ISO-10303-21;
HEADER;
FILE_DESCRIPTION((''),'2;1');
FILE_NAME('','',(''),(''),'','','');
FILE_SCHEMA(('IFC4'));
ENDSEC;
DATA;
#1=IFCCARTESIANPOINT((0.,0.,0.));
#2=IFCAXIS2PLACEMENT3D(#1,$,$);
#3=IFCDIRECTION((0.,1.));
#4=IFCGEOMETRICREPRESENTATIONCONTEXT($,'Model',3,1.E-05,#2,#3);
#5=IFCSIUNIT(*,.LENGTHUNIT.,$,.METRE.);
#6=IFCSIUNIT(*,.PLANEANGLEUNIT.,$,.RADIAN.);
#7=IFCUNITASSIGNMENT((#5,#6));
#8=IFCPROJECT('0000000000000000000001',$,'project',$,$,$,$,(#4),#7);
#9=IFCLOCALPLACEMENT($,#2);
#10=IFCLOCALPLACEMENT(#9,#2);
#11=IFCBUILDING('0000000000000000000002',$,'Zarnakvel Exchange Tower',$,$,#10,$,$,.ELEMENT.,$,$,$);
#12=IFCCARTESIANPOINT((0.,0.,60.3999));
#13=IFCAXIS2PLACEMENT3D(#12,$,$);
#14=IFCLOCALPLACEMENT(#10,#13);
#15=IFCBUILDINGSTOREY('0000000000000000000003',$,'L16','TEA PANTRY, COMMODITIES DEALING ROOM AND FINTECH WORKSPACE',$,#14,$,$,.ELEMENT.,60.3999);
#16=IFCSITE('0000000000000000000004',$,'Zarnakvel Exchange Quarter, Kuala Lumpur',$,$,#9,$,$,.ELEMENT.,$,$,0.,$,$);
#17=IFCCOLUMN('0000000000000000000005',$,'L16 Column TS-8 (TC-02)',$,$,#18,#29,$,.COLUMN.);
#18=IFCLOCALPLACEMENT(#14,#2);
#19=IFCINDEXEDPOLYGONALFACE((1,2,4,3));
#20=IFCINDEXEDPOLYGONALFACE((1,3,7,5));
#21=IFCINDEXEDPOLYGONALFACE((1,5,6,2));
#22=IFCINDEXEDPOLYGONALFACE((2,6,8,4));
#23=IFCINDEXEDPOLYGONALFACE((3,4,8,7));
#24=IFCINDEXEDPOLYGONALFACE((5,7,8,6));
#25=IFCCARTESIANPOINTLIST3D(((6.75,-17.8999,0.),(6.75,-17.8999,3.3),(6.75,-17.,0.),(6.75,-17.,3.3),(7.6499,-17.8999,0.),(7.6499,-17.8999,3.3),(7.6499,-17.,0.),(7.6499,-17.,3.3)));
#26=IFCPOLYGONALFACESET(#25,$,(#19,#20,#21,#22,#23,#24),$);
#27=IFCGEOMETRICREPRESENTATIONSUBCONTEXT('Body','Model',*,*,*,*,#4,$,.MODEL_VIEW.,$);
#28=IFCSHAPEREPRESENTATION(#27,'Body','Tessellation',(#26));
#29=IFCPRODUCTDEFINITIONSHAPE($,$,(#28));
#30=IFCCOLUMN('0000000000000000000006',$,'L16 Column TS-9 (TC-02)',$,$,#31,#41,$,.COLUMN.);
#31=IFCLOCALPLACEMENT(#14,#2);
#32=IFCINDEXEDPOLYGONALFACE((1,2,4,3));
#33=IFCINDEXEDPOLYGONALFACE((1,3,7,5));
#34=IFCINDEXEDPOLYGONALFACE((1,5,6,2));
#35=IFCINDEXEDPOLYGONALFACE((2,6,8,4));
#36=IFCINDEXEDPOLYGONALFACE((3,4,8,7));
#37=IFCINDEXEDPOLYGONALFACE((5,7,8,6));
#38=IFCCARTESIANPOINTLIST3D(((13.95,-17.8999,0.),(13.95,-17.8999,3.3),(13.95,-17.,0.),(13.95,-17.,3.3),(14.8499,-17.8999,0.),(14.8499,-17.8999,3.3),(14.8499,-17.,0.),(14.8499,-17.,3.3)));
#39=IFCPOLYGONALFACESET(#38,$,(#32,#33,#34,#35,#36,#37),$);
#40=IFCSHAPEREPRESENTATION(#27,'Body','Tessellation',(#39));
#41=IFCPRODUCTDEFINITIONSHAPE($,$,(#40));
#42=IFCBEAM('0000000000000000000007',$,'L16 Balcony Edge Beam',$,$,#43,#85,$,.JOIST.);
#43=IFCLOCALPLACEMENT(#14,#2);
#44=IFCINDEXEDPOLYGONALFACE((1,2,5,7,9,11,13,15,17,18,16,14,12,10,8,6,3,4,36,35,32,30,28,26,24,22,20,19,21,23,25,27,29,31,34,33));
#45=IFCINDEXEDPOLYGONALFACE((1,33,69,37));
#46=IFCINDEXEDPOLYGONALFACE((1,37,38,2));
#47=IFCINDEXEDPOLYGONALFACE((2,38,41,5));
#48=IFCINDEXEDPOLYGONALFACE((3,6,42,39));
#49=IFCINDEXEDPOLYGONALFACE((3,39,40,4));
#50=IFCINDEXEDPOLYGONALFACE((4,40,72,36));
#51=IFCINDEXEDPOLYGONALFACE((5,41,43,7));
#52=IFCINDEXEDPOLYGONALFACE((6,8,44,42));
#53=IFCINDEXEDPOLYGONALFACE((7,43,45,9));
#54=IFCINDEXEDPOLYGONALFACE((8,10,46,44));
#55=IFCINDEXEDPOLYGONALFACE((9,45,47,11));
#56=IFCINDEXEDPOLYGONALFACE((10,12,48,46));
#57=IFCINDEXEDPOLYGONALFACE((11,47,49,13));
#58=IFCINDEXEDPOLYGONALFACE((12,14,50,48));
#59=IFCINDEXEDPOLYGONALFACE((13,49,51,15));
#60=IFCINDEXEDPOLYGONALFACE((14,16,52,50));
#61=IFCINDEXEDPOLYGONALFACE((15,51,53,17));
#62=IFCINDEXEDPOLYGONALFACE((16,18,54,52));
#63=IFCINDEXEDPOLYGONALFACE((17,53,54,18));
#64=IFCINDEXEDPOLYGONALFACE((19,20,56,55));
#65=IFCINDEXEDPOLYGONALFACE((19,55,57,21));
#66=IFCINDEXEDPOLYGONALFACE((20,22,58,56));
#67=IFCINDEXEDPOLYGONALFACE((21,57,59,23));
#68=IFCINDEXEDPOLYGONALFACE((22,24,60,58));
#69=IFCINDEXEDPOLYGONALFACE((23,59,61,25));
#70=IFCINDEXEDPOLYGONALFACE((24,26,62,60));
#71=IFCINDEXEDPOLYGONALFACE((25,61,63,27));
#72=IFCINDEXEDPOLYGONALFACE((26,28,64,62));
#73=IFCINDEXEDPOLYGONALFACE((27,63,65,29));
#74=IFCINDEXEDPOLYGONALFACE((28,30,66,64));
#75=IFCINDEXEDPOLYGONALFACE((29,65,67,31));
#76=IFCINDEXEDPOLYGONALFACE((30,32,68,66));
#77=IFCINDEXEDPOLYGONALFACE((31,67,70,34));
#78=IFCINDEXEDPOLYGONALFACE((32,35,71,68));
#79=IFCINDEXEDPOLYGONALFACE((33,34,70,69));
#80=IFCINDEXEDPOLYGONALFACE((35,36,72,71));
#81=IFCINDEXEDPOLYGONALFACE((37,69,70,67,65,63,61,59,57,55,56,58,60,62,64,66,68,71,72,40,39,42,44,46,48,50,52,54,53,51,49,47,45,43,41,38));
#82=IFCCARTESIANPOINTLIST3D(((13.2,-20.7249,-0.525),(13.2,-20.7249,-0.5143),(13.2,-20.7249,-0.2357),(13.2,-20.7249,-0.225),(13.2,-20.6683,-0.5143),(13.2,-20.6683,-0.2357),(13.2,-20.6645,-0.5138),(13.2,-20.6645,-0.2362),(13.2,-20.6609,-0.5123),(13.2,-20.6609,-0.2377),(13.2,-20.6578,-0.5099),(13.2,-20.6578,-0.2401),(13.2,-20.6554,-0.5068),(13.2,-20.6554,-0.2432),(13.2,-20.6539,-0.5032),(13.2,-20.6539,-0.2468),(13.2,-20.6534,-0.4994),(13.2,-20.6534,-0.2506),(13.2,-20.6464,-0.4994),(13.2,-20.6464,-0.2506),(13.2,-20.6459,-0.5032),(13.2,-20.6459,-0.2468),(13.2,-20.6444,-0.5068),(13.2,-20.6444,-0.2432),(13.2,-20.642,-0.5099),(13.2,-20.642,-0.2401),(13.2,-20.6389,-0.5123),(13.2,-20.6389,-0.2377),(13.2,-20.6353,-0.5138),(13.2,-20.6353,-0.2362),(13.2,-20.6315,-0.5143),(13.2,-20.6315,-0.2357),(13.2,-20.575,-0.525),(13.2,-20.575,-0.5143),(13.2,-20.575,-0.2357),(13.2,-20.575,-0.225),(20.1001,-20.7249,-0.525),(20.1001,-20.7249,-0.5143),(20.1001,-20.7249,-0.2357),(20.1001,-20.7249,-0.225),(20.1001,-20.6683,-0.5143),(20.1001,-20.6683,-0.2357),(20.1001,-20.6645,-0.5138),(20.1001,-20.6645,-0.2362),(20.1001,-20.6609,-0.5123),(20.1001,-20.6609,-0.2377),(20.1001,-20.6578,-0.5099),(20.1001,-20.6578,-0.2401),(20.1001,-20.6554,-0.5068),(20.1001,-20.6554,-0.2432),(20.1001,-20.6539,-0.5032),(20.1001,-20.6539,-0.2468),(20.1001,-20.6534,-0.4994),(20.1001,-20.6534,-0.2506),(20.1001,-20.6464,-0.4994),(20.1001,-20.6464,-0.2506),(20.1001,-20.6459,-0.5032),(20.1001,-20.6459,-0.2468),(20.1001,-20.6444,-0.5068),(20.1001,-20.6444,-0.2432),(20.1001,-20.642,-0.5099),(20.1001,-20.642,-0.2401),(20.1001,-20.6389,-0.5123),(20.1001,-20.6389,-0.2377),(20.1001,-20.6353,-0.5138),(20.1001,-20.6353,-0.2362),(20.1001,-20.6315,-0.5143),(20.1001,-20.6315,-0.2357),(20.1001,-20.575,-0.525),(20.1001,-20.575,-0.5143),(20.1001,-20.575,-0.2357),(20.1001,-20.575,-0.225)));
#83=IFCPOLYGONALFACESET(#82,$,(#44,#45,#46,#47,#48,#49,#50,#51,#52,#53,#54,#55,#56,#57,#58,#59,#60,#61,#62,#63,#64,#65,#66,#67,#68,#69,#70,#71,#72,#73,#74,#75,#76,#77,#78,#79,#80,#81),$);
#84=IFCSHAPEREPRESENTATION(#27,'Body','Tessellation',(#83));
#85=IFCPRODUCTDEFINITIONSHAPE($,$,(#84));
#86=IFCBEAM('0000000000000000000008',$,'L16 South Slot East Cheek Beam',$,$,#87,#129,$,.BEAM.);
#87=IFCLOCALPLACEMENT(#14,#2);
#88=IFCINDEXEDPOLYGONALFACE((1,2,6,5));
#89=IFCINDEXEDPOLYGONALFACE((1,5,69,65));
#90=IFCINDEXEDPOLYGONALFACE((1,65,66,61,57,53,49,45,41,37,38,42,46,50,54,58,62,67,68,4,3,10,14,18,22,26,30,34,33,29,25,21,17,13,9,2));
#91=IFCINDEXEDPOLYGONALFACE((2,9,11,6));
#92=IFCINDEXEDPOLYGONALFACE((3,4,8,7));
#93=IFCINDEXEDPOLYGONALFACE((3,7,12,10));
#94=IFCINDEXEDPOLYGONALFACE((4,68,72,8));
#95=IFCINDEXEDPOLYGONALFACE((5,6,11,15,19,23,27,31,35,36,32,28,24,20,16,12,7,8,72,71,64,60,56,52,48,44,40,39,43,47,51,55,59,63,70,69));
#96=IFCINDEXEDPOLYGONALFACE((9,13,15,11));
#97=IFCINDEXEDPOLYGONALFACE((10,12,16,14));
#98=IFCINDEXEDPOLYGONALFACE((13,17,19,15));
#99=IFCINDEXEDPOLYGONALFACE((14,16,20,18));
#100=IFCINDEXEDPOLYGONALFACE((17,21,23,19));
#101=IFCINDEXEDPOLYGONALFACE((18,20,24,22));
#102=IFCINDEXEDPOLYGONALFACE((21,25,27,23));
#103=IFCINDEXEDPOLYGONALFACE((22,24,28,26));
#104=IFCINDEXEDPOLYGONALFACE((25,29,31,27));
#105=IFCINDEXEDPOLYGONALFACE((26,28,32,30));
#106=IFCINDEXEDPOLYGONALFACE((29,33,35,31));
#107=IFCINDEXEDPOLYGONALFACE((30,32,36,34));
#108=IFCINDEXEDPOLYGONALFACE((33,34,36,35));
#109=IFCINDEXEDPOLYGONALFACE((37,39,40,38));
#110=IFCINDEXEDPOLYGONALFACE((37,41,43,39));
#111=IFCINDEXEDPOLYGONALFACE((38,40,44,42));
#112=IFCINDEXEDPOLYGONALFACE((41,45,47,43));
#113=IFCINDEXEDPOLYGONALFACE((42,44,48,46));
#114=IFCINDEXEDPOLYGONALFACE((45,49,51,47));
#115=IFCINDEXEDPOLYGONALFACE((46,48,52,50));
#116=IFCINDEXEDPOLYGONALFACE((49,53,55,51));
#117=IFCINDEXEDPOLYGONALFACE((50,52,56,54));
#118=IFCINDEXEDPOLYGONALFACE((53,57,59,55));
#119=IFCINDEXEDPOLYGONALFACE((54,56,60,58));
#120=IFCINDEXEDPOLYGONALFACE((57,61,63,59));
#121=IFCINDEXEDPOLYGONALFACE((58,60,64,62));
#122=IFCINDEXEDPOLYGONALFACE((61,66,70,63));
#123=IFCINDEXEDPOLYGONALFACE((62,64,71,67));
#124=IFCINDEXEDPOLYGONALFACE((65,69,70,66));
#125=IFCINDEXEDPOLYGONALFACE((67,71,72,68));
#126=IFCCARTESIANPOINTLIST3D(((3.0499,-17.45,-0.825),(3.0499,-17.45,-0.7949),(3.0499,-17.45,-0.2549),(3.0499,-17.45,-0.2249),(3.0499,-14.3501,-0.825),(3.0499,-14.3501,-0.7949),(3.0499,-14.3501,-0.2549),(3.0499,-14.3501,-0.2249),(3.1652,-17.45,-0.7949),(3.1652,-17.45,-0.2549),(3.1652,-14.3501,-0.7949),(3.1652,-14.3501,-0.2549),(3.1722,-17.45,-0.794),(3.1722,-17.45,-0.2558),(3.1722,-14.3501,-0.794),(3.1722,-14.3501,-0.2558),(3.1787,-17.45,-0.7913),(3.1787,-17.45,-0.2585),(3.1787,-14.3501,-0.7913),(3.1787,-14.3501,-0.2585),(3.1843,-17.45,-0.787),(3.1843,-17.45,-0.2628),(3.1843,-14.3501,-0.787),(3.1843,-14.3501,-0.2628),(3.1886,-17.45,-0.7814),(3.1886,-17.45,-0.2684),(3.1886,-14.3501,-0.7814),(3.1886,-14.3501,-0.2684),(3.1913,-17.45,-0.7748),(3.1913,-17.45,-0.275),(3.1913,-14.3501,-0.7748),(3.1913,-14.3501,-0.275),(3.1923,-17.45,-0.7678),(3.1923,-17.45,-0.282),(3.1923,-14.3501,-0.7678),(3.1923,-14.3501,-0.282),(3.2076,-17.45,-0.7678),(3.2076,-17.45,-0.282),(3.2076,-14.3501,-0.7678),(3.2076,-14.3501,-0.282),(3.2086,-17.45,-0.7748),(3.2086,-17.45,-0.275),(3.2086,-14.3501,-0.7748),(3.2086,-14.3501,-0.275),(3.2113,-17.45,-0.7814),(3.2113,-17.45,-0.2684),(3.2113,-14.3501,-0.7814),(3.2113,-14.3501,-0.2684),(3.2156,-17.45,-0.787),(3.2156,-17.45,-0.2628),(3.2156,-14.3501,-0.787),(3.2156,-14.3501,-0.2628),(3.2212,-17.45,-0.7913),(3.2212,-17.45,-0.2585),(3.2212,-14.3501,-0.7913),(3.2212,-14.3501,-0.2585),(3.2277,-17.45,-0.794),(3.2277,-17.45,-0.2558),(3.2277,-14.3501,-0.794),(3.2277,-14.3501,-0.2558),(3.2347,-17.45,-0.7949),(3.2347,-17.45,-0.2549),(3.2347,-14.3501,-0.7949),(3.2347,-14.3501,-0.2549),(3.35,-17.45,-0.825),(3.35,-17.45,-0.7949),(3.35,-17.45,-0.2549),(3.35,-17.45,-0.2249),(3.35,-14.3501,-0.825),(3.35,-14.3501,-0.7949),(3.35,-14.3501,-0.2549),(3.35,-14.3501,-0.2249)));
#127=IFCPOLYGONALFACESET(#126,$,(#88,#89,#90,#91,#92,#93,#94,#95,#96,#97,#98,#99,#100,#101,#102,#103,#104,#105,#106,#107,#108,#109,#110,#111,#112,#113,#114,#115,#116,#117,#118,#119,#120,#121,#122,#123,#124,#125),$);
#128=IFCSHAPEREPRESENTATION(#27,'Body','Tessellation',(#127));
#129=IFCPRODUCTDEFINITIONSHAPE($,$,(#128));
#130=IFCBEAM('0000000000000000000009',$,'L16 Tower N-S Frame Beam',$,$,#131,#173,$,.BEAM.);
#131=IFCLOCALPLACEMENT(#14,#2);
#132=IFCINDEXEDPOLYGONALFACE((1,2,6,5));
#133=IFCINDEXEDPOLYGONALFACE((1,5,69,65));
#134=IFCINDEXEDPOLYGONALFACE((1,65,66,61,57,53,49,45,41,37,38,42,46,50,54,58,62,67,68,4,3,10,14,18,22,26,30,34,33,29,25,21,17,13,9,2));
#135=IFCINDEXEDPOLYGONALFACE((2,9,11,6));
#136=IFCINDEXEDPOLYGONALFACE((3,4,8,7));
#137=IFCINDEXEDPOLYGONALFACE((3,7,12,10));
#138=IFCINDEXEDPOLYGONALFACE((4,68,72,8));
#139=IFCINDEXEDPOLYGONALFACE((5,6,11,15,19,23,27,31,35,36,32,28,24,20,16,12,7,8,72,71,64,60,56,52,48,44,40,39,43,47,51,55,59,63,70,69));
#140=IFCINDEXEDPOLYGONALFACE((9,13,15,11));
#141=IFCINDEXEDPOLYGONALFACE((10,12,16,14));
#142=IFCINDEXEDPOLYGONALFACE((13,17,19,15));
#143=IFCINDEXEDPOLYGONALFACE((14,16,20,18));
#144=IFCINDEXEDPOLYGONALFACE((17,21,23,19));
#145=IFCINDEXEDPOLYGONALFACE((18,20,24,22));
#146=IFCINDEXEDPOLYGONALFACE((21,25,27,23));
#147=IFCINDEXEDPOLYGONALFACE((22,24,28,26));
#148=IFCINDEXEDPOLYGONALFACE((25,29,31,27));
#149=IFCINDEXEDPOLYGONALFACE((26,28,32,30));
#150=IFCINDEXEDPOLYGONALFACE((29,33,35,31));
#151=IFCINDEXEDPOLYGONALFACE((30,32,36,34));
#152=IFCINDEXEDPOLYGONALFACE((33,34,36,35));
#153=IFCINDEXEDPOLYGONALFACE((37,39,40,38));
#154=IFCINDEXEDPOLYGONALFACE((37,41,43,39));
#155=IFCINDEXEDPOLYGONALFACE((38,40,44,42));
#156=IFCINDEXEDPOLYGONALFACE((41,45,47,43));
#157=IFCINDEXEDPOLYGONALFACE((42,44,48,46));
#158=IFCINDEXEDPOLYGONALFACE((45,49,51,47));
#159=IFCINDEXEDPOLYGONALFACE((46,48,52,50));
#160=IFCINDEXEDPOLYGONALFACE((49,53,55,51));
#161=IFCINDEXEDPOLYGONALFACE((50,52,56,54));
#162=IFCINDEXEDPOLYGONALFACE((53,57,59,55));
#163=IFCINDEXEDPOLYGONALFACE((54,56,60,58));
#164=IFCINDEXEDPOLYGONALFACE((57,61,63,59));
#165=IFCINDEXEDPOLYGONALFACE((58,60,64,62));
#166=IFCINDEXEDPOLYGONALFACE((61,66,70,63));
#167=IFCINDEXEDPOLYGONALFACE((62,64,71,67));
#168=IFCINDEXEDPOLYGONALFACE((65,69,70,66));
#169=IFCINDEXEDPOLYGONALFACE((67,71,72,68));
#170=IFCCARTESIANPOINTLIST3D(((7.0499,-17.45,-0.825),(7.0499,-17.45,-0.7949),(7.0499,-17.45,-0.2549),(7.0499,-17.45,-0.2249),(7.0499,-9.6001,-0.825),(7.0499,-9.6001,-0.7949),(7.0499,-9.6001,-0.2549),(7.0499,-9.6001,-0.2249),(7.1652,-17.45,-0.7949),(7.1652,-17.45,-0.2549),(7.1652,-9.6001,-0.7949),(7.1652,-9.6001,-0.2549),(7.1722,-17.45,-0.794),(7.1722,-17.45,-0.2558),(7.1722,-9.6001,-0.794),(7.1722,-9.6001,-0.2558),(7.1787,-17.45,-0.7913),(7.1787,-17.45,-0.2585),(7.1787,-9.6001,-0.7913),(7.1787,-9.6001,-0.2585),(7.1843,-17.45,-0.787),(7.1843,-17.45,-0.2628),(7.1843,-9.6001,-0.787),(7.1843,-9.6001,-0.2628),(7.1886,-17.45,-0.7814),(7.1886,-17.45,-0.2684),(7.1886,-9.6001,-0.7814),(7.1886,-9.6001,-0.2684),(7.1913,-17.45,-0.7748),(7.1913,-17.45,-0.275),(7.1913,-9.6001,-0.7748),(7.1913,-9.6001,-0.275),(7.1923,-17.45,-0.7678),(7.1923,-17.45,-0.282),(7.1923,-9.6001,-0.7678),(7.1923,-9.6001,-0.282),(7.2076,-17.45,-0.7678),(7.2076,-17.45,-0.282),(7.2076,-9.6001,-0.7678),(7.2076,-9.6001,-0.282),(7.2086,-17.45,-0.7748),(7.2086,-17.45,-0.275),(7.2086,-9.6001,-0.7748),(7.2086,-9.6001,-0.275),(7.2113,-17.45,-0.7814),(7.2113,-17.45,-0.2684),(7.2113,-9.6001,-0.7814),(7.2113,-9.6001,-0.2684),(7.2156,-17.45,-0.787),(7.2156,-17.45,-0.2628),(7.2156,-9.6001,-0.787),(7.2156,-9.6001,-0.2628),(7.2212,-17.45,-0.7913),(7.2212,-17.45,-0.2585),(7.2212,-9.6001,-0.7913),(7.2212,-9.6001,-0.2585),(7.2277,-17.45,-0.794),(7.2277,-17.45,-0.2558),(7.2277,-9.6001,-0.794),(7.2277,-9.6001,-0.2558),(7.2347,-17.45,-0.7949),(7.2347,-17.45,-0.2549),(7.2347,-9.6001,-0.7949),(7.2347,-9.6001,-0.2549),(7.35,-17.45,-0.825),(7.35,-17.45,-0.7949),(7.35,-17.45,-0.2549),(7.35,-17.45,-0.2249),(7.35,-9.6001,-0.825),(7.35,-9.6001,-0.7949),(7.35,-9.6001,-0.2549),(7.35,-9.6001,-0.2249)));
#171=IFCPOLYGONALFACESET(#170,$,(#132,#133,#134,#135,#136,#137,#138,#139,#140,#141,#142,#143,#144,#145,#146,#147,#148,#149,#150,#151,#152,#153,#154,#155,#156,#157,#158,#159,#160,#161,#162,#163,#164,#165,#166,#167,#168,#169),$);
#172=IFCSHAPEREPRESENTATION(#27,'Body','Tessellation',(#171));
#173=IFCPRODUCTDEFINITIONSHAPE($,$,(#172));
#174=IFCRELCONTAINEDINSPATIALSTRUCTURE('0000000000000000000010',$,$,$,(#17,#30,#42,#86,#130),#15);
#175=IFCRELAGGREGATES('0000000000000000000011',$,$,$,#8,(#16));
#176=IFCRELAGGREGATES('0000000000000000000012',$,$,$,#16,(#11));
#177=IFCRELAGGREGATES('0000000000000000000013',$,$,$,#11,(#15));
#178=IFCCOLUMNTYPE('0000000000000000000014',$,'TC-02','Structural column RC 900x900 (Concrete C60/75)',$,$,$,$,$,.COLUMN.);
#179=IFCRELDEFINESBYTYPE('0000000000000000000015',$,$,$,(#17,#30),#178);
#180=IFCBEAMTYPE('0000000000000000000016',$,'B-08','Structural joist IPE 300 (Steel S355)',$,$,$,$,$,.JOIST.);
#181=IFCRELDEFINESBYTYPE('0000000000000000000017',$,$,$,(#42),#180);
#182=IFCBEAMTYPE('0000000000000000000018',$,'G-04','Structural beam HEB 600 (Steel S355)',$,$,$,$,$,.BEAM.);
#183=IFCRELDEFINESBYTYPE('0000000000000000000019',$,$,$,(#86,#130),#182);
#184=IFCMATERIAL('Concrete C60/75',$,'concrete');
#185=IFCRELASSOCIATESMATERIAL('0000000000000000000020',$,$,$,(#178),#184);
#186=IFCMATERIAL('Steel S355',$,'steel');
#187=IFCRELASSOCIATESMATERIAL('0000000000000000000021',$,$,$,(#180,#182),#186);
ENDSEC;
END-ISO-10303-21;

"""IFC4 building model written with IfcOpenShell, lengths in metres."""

from ifc_helpers import new_model, si_unit, direction, frame, origin, origin_2d, place, context, subcontext, project, spatial, rectangle, i_section, extrude, material, material_profile, profile_set, type_object, element, save


model = new_model("IFC4")

# Units and contexts
model_context = context("Model", 3, precision=1e-05, world=origin(), true_north=direction((0.0, 1.0)))
body_context = subcontext(model_context, "Body", "Model", "MODEL_VIEW")
ifc_project = project(units=[si_unit("LENGTHUNIT", "METRE"), si_unit("PLANEANGLEUNIT", "RADIAN")], contexts=[model_context])

# Site, building, storey
site_placement = place(None, origin())
site = spatial("IfcSite", under=ifc_project, at=site_placement, Name="Zarnakvel Exchange Quarter, Kuala Lumpur", CompositionType="ELEMENT", RefElevation=0.0)
building_placement = place(site_placement, origin())
building = spatial("IfcBuilding", under=site, at=building_placement, Name="Zarnakvel Exchange Tower", CompositionType="ELEMENT")
storey_placement = place(building_placement, frame((0.0, 0.0, 60.3999)))
storey = spatial("IfcBuildingStorey", under=building, at=storey_placement, Name="L16", Description="TEA PANTRY, COMMODITIES DEALING ROOM AND FINTECH WORKSPACE", CompositionType="ELEMENT", Elevation=60.3999)

# Columns
ifc_material_1 = material(Name="Concrete C60/75", Category="concrete")
ifc_material_profile_1 = material_profile(ifc_material_1, rectangle(XDim=0.8999, YDim=0.8999, at=origin_2d()))
ifc_profile_set_1 = profile_set([ifc_material_profile_1], Name="Concrete C60/75")
column_type = type_object("IfcColumnType", Name="TC-02", Description="Structural column RC 900x900 (Concrete C60/75)", PredefinedType="COLUMN", material=ifc_profile_set_1)
for number, where, z_axis, x_axis, name in (
    (1, (7.2, -17.45, 0.0), (0.0, 0.0, 1.0), (1.0, 0.0, 0.0), "L16 Column TS-8 (TC-02)"),
    (2, (14.3999, -17.45, 0.0), (0.0, 0.0, 1.0), (1.0, 0.0, 0.0), "L16 Column TS-9 (TC-02)"),
):
    element("IfcColumn", number, at=place(storey_placement, frame(where, z_axis=z_axis, x_axis=x_axis)), inside=storey, type_object=column_type, Name=name, PredefinedType="COLUMN", context=body_context, shape_type="SweptSolid", body=[
        extrude(rectangle(XDim=0.8999, YDim=0.8999, at=origin_2d()), origin(), (0.0, 0.0, 1.0), 3.3),
    ])

# Beams
ifc_material_2 = material(Name="Steel S355", Category="steel")
ifc_material_profile_2 = material_profile(ifc_material_2, i_section(OverallWidth=0.1499, OverallDepth=0.3, WebThickness=0.0071, FlangeThickness=0.0107, FilletRadius=0.0149, at=origin_2d()))
ifc_profile_set_2 = profile_set([ifc_material_profile_2], Name="Steel S355")
beam_type_1 = type_object("IfcBeamType", Name="B-08", Description="Structural joist IPE 300 (Steel S355)", PredefinedType="JOIST", material=ifc_profile_set_2)
beam_1_placement = place(storey_placement, frame((13.2, -20.6499, -0.375), z_axis=(1.0, 0.0, 0.0), x_axis=(0.0, 1.0, 0.0)))
element("IfcBeam", 3, at=beam_1_placement, inside=storey, type_object=beam_type_1, Name="L16 Balcony Edge Beam", PredefinedType="JOIST", context=body_context, shape_type="SweptSolid", body=[
    extrude(i_section(OverallWidth=0.1499, OverallDepth=0.3, WebThickness=0.0071, FlangeThickness=0.0107, FilletRadius=0.0149, at=origin_2d()), origin(), (0.0, 0.0, 1.0), 6.9001),
])
ifc_material_profile_3 = material_profile(ifc_material_2, i_section(OverallWidth=0.3, OverallDepth=0.6001, WebThickness=0.0154, FlangeThickness=0.03, FilletRadius=0.0271, at=origin_2d()))
ifc_profile_set_3 = profile_set([ifc_material_profile_3], Name="Steel S355")
beam_type_2 = type_object("IfcBeamType", Name="G-04", Description="Structural beam HEB 600 (Steel S355)", PredefinedType="BEAM", material=ifc_profile_set_3)
beam_2_placement = place(storey_placement, frame((3.2, -17.45, -0.5249), z_axis=(0.0, 1.0, 0.0), x_axis=(-1.0, 0.0, 0.0)))
element("IfcBeam", 4, at=beam_2_placement, inside=storey, type_object=beam_type_2, Name="L16 South Slot East Cheek Beam", PredefinedType="BEAM", context=body_context, shape_type="SweptSolid", body=[
    extrude(i_section(OverallWidth=0.3, OverallDepth=0.6001, WebThickness=0.0154, FlangeThickness=0.03, FilletRadius=0.0271, at=origin_2d()), origin(), (0.0, 0.0, 1.0), 3.0999),
])
for number, where, z_axis, x_axis, name in (
    (5, (7.2, -17.45, -0.5249), (0.0, 1.0, 0.0), (-1.0, 0.0, 0.0), "L16 Tower N-S Frame Beam"),
):
    element("IfcBeam", number, at=place(storey_placement, frame(where, z_axis=z_axis, x_axis=x_axis)), inside=storey, type_object=beam_type_2, Name=name, PredefinedType="BEAM", context=body_context, shape_type="SweptSolid", body=[
        extrude(i_section(OverallWidth=0.3, OverallDepth=0.6001, WebThickness=0.0154, FlangeThickness=0.03, FilletRadius=0.0271, at=origin_2d()), origin(), (0.0, 0.0, 1.0), 7.8499),
    ])

save(model, "model.ifc")
